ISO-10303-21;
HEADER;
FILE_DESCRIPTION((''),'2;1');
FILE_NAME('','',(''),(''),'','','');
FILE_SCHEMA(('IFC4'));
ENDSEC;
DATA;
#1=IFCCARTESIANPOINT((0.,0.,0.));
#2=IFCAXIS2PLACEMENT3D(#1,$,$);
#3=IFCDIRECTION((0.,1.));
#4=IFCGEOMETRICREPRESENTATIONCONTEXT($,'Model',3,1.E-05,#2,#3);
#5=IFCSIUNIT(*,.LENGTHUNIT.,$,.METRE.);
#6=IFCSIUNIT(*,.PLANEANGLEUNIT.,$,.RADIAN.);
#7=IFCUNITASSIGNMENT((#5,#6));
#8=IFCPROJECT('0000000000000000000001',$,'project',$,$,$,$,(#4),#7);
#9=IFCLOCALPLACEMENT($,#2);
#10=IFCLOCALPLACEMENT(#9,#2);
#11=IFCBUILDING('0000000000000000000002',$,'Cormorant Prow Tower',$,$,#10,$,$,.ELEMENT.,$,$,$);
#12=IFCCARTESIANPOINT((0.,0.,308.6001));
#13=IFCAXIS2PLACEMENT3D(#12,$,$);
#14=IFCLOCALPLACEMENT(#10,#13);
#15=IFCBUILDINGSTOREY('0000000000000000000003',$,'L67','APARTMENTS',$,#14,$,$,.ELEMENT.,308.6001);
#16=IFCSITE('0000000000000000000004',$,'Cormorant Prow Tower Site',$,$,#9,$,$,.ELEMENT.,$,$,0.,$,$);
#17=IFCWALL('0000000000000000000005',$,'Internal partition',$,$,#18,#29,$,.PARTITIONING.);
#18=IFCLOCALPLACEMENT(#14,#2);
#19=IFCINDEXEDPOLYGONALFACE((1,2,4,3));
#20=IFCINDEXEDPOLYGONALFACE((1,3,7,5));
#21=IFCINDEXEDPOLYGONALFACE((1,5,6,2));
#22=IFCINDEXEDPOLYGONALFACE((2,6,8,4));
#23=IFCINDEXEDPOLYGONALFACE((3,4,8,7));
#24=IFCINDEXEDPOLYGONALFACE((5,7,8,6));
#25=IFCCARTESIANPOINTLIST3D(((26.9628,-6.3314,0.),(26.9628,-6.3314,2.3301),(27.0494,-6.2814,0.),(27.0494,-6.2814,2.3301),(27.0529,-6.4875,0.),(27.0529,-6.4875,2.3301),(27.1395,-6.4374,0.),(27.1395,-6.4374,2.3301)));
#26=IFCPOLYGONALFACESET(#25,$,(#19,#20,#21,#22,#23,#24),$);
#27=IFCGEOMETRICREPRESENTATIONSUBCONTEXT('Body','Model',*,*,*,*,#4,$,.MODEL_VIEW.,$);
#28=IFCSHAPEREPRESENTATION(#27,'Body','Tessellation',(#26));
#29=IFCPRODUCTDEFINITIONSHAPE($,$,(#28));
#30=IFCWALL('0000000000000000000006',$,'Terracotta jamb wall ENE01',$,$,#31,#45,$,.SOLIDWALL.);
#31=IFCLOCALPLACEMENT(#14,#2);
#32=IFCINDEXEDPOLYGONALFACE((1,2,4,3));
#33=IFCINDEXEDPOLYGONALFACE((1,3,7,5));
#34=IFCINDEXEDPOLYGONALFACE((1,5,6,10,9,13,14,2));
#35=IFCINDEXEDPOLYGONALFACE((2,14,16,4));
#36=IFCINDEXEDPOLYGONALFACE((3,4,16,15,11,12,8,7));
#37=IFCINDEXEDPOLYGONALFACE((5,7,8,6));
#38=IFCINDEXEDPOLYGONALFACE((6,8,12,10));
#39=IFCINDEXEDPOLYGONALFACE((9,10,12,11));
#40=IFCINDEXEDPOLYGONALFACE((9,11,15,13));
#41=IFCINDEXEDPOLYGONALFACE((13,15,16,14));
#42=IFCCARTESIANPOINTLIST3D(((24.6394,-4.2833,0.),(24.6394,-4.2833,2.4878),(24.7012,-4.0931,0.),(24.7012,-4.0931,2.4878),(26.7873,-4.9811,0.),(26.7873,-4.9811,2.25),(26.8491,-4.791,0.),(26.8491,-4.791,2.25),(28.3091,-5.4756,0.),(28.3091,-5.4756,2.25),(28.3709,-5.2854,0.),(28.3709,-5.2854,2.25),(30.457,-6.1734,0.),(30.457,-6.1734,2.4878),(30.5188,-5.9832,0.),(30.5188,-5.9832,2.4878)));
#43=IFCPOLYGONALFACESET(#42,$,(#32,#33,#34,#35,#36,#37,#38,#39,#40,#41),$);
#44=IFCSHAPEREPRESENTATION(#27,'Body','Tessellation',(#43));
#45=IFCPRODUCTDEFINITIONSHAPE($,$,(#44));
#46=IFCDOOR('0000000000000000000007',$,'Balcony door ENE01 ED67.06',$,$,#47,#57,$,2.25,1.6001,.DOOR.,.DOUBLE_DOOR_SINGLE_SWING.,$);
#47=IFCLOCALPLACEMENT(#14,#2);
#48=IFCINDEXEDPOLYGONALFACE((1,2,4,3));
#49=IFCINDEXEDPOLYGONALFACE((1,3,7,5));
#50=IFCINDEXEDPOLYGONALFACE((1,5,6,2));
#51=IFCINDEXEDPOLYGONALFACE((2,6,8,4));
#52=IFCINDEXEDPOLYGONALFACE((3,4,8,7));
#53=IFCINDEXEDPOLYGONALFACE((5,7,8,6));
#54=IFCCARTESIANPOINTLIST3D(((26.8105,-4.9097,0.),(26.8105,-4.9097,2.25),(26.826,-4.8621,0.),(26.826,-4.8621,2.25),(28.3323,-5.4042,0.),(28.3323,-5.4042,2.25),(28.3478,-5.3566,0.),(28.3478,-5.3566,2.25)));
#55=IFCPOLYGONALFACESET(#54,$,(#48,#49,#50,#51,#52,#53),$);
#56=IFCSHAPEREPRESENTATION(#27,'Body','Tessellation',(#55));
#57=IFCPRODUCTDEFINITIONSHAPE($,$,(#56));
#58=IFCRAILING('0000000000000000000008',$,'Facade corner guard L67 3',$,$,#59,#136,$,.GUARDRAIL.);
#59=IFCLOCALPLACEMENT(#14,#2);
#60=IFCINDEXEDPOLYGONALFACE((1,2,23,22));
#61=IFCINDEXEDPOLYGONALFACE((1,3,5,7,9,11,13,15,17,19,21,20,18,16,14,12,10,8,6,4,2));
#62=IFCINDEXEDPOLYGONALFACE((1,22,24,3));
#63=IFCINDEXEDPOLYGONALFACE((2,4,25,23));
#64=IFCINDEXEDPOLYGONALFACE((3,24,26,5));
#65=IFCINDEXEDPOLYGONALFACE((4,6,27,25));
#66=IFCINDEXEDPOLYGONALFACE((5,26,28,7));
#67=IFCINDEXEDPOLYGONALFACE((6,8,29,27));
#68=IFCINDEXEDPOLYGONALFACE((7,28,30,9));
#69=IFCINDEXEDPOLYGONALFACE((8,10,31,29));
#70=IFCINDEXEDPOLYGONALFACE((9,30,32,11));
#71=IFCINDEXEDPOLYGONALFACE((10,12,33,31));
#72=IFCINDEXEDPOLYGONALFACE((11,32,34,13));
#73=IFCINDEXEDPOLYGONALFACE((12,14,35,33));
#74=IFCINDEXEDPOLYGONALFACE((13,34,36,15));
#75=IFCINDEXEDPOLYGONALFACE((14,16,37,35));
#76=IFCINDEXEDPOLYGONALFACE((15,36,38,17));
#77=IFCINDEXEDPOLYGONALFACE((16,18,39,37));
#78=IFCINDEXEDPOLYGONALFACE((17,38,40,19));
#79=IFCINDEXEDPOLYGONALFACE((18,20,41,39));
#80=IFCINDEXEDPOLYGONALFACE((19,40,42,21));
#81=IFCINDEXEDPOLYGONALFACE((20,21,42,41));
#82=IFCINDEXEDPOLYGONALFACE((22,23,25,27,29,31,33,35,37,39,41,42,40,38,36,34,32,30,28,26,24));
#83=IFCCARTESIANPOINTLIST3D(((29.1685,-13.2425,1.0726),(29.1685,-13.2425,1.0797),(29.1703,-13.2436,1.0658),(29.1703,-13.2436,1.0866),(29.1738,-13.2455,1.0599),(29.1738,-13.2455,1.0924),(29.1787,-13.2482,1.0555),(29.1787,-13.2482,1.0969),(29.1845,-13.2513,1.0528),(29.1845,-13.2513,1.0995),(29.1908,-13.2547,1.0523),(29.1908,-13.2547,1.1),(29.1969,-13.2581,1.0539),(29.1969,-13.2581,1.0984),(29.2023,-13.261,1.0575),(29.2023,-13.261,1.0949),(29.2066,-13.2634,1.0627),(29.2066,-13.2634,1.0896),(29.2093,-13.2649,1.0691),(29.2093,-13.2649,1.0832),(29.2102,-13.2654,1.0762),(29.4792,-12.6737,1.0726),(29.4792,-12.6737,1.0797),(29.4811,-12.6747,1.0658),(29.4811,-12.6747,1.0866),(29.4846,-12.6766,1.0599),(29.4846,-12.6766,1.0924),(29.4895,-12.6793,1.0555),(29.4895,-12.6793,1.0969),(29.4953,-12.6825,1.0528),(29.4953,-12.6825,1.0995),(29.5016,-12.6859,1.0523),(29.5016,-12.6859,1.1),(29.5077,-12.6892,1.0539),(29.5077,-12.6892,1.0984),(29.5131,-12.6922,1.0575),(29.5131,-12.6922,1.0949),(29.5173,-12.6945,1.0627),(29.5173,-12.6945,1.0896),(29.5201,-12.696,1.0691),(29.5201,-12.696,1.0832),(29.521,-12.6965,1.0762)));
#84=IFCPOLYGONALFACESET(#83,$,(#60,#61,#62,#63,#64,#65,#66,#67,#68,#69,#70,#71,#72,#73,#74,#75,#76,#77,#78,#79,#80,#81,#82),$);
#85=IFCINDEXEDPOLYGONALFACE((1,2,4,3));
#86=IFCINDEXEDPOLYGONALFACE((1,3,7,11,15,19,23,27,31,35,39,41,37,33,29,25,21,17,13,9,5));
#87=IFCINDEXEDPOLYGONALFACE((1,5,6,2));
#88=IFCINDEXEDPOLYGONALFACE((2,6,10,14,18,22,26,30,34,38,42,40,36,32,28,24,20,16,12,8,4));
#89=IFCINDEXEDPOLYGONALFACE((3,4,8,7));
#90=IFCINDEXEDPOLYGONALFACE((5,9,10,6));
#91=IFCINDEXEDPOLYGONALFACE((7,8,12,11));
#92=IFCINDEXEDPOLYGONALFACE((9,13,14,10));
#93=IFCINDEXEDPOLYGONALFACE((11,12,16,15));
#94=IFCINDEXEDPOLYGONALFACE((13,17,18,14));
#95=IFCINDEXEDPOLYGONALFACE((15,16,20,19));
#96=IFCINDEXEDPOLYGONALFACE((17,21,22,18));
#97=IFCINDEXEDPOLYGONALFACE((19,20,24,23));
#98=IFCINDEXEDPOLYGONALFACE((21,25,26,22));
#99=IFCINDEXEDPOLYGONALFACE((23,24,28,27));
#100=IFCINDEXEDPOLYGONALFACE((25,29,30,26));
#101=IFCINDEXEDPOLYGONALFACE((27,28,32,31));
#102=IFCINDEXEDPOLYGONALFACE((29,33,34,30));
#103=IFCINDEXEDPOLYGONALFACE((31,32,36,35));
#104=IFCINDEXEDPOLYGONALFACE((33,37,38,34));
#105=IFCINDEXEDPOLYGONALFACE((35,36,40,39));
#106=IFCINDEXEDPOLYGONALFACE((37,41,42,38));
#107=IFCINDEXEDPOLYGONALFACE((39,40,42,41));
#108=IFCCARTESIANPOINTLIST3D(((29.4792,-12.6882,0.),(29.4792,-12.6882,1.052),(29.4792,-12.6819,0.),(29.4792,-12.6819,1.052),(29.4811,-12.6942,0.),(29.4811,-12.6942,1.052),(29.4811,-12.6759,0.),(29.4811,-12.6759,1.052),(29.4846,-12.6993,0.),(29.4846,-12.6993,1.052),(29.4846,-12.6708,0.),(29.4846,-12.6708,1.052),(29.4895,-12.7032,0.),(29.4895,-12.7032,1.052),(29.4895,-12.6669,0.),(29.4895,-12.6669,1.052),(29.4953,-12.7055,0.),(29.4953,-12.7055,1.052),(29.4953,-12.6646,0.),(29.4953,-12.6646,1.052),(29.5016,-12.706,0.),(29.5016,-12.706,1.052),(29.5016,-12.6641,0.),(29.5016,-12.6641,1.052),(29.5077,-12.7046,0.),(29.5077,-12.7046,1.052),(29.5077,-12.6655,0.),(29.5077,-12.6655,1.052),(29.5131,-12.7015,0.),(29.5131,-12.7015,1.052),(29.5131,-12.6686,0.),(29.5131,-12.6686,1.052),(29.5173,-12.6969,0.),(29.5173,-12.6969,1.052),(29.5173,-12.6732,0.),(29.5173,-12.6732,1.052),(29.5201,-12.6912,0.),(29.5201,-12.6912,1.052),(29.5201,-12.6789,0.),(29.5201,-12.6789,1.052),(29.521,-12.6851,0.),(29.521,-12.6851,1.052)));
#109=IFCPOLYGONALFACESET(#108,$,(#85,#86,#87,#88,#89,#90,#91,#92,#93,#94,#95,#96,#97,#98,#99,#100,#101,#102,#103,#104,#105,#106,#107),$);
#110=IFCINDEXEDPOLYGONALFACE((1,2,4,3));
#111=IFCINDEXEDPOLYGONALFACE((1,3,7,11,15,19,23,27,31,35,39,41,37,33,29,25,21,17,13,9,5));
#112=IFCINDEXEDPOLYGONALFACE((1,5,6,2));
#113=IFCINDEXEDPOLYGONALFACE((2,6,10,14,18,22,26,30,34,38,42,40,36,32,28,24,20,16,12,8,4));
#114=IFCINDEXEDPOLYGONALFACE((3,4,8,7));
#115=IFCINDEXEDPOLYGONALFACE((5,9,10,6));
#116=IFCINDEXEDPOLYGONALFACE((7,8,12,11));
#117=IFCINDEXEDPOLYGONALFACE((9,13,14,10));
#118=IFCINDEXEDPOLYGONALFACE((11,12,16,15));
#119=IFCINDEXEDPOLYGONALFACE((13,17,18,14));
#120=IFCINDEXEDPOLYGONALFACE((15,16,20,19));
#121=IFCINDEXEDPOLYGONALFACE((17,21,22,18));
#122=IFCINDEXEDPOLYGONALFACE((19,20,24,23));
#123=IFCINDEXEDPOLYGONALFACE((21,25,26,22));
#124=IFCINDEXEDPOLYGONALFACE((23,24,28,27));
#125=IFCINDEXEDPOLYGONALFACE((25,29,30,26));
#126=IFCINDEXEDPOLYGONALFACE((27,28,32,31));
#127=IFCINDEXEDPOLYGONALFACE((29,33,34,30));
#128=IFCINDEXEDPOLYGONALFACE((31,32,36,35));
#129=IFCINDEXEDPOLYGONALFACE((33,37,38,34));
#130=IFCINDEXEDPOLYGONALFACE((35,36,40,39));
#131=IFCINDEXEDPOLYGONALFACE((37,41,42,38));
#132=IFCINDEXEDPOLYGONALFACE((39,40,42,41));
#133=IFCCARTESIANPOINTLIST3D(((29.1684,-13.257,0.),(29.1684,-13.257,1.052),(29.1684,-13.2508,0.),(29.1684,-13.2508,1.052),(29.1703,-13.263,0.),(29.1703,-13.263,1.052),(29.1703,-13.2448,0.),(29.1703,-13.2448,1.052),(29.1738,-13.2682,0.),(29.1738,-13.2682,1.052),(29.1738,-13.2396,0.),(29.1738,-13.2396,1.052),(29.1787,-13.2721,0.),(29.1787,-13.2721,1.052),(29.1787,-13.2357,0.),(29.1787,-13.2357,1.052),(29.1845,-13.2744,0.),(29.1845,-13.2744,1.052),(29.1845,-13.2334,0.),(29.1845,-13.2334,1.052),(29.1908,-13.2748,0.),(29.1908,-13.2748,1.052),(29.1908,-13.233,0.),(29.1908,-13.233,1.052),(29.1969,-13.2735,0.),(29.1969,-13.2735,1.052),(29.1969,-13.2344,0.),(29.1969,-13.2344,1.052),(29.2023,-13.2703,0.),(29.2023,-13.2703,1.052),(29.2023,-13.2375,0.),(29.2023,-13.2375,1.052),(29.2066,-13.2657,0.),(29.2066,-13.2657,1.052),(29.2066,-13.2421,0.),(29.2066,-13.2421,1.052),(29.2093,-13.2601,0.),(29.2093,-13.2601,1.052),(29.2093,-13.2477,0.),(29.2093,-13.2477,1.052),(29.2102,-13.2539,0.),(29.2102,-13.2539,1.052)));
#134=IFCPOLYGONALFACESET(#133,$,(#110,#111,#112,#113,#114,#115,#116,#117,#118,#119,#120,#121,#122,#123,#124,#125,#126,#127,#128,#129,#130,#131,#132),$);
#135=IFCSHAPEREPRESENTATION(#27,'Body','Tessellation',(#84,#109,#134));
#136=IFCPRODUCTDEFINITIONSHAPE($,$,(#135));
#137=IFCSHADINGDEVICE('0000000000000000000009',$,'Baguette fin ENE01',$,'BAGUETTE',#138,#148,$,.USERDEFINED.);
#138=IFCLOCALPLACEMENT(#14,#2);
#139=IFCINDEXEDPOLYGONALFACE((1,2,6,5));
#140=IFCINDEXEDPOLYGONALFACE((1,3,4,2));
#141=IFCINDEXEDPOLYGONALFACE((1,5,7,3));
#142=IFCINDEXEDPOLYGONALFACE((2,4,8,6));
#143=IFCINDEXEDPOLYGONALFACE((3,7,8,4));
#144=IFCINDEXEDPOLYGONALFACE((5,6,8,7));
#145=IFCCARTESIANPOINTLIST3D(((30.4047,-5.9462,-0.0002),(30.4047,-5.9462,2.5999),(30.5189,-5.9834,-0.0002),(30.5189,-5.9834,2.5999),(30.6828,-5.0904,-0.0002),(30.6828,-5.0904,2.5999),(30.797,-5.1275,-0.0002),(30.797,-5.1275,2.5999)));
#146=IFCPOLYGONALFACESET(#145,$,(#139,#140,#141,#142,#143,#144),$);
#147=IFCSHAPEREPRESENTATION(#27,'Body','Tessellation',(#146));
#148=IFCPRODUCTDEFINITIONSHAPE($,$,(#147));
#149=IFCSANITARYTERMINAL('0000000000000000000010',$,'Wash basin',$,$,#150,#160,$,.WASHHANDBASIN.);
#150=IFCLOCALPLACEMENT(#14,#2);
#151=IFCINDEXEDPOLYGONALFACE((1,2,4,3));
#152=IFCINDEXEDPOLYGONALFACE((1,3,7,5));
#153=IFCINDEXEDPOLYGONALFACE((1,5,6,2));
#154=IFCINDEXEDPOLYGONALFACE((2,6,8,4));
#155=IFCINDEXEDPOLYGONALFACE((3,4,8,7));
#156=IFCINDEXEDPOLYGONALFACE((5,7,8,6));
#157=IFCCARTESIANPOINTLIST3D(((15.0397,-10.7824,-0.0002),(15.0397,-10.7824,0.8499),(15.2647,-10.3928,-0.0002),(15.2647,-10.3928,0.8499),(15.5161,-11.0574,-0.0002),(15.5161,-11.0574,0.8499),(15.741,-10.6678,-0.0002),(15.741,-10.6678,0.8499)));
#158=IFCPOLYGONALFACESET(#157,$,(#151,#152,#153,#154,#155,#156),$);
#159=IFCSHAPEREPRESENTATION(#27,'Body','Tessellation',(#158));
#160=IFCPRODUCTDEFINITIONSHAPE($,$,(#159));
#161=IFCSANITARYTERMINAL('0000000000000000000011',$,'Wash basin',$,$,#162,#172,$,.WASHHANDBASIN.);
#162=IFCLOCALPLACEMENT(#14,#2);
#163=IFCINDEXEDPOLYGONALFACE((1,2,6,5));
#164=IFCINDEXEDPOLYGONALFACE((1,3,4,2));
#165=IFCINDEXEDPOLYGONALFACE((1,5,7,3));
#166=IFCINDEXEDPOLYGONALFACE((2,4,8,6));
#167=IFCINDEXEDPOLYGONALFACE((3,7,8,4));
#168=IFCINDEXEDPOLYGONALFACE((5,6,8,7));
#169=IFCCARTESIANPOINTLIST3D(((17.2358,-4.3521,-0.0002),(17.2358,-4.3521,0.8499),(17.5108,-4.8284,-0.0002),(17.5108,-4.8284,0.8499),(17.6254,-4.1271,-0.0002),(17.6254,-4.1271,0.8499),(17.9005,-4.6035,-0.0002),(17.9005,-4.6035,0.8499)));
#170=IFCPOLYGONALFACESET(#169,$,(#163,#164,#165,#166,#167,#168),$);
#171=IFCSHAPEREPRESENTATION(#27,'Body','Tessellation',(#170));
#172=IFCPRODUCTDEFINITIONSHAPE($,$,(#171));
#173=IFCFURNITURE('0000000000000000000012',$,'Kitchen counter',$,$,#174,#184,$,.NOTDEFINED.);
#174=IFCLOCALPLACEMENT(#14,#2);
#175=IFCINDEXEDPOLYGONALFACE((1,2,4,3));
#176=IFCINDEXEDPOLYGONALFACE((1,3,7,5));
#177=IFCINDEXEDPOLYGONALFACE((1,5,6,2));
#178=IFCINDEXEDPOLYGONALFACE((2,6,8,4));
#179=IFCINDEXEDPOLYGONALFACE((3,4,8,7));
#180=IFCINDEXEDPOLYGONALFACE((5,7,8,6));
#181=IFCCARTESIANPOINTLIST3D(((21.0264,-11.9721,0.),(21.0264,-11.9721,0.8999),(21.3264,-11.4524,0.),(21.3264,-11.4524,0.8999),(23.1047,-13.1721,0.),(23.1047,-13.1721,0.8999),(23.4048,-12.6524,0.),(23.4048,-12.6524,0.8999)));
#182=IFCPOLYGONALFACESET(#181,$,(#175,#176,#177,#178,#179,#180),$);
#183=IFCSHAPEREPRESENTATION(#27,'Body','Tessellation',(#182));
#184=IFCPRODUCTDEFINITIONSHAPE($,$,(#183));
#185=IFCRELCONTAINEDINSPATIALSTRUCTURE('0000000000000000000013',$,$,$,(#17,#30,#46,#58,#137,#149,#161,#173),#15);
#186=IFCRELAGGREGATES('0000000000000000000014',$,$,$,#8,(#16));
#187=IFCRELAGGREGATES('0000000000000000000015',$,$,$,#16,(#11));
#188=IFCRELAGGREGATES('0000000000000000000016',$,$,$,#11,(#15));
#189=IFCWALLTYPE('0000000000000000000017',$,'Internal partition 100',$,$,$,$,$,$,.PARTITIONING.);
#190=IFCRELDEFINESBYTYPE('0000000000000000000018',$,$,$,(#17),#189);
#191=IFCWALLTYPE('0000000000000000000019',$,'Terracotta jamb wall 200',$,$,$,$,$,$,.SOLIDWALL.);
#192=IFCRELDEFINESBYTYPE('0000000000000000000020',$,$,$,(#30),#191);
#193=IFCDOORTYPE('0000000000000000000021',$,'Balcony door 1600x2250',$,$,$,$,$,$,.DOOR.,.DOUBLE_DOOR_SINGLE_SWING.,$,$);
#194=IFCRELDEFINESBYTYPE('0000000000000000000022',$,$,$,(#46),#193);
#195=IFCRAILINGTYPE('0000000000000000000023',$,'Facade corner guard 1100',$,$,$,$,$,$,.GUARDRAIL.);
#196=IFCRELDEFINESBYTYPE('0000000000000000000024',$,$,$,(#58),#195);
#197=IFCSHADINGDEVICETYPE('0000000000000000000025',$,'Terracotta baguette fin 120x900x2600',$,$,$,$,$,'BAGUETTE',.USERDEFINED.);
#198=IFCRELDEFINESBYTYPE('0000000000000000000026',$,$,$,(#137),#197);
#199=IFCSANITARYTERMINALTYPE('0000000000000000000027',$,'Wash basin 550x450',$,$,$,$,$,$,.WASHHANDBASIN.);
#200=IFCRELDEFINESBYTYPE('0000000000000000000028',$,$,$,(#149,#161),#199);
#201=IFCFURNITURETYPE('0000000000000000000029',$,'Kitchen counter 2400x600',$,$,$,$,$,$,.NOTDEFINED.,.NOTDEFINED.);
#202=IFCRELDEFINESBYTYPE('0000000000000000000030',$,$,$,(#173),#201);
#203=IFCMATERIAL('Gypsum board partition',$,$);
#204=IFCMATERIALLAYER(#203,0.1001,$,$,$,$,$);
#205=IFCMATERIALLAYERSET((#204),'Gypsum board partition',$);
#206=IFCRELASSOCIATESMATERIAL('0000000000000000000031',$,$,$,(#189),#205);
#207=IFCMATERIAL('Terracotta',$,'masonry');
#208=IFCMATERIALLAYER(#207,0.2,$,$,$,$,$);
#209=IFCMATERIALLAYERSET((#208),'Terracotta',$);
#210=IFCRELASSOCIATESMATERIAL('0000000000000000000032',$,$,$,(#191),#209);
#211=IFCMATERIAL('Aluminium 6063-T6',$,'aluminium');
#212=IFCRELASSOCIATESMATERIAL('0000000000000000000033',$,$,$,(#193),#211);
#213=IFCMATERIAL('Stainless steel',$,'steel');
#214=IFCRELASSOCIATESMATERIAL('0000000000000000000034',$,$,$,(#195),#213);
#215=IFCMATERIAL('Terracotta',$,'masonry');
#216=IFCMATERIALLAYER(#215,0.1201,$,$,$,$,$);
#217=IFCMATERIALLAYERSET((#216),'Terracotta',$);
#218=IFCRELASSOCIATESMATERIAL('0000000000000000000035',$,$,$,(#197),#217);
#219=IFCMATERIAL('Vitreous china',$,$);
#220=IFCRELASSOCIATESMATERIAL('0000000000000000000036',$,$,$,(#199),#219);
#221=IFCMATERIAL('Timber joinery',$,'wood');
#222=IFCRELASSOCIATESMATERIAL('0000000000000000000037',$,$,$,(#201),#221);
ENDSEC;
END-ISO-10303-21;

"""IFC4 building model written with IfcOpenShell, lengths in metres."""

from ifc_helpers import new_model, si_unit, direction, frame, frame_2d, origin, origin_2d, place, context, subcontext, project, spatial, rectangle, circle, extrude, material, layer, layer_set, type_object, element, fill, save


model = new_model("IFC4")

# Units and contexts
model_context = context("Model", 3, precision=1e-05, world=origin(), true_north=direction((0.0, 1.0)))
body_context = subcontext(model_context, "Body", "Model", "MODEL_VIEW")
ifc_project = project(units=[si_unit("LENGTHUNIT", "METRE"), si_unit("PLANEANGLEUNIT", "RADIAN")], contexts=[model_context])

# Site, building, storey
site_placement = place(None, origin())
site = spatial("IfcSite", under=ifc_project, at=site_placement, Name="Cormorant Prow Tower Site", CompositionType="ELEMENT", RefElevation=0.0)
building_placement = place(site_placement, origin())
building = spatial("IfcBuilding", under=site, at=building_placement, Name="Cormorant Prow Tower", CompositionType="ELEMENT")
storey_placement = place(building_placement, frame((0.0, 0.0, 308.6001)))
storey = spatial("IfcBuildingStorey", under=building, at=storey_placement, Name="L67", Description="APARTMENTS", CompositionType="ELEMENT", Elevation=308.6001)

# Shared definitions
ifc_material_1 = material(Name="Gypsum board partition")
ifc_layer_1 = layer(ifc_material_1, 0.1001)
ifc_layer_set_1 = layer_set([ifc_layer_1], Name="Gypsum board partition")
wall_type_1 = type_object("IfcWallType", Name="Internal partition 100", PredefinedType="PARTITIONING", material=ifc_layer_set_1)

# Wall
wall_1_placement = place(storey_placement, frame((27.0061, -6.3064, 0.0), z_axis=(0.0, 0.0, 1.0), x_axis=(0.500074, -0.865982, 0.0)))
element("IfcWall", 1, at=wall_1_placement, inside=storey, type_object=wall_type_1, Name="Internal partition", PredefinedType="PARTITIONING", context=body_context, shape_type="SweptSolid", body=[
    extrude(rectangle(XDim=0.1802, YDim=0.1001, at=frame_2d((0.0901, 0.0))), origin(), (0.0, 0.0, 1.0), 2.3301),
])

# Wall, opening, door
ifc_material_2 = material(Name="Terracotta", Category="masonry")
ifc_layer_2 = layer(ifc_material_2, 0.2)
ifc_layer_set_2 = layer_set([ifc_layer_2], Name="Terracotta")
wall_type_2 = type_object("IfcWallType", Name="Terracotta jamb wall 200", PredefinedType="SOLIDWALL", material=ifc_layer_set_2)
wall_2_placement = place(storey_placement, frame((30.488, -6.0784, 0.0), z_axis=(0.0, 0.0, 1.0), x_axis=(-0.951063, 0.308999, 0.0)))
wall_2 = element("IfcWall", 2, at=wall_2_placement, inside=storey, type_object=wall_type_2, Name="Terracotta jamb wall ENE01", PredefinedType="SOLIDWALL", context=body_context, shape_type="SweptSolid", body=[
    extrude(rectangle(XDim=6.1169, YDim=0.2, at=frame_2d((3.0586, 0.0))), origin(), (0.0, 0.0, 1.0), 2.4878),
])
opening_1_placement = place(wall_2_placement, frame((2.2585, 0.0, 0.0)))
opening_1 = element("IfcOpeningElement", 3, at=opening_1_placement, cuts=wall_2, PredefinedType="OPENING", context=body_context, shape_type="SweptSolid", body=[
    extrude(rectangle(XDim=1.6001, YDim=2.25, at=frame_2d((0.8, 1.125))), frame((0.0, 0.1099, 0.0), z_axis=(0.0, -1.0, 0.0), x_axis=(1.0, 0.0, 0.0)), (0.0, 0.0, 1.0), 0.22),
])
ifc_material_3 = material(Name="Aluminium 6063-T6", Category="aluminium")
door_type_1 = type_object("IfcDoorType", Name="Balcony door 1600x2250", OperationType="DOUBLE_DOOR_SINGLE_SWING", PredefinedType="DOOR", material=ifc_material_3)
door_1_placement = place(opening_1_placement, origin())
door_1 = element("IfcDoor", 4, at=door_1_placement, inside=storey, type_object=door_type_1, Name="Balcony door ENE01 ED67.06", OperationType="DOUBLE_DOOR_SINGLE_SWING", OverallHeight=2.25, OverallWidth=1.6001, PredefinedType="DOOR", context=body_context, shape_type="SweptSolid", body=[
    extrude(rectangle(XDim=1.6001, YDim=2.25, at=frame_2d((0.8, 1.125))), frame((0.0, 0.0249, 0.0), z_axis=(0.0, -1.0, 0.0), x_axis=(1.0, 0.0, 0.0)), (0.0, 0.0, 1.0), 0.05),
])
fill(opening_1, door_1)

# Railing
ifc_material_4 = material(Name="Stainless steel", Category="steel")
railing_type_1 = type_object("IfcRailingType", Name="Facade corner guard 1100", PredefinedType="GUARDRAIL", material=ifc_material_4)
railing_1_placement = place(storey_placement, frame((29.5, -12.6851, 0.0)))
element("IfcRailing", 5, at=railing_1_placement, inside=storey, type_object=railing_type_1, Name="Facade corner guard L67 3", PredefinedType="GUARDRAIL", context=body_context, shape_type="SweptSolid", body=[
    extrude(circle(Radius=0.0239, at=origin_2d()), frame((0.0, 0.0, 1.0762), z_axis=(-0.479459, -0.877564, 0.0), x_axis=(0.877564, -0.479459, 0.0)), (0.0, 0.0, 1.0), 0.6482),
    extrude(circle(Radius=0.021, at=origin_2d()), origin(), (0.0, 0.0, 1.0), 1.052),
    extrude(circle(Radius=0.021, at=origin_2d()), frame((-0.3108, -0.5688, 0.0)), (0.0, 0.0, 1.0), 1.052),
])

# Shading device
ifc_material_5 = material(Name="Terracotta", Category="masonry")
ifc_layer_3 = layer(ifc_material_5, 0.1201)
ifc_layer_set_3 = layer_set([ifc_layer_3], Name="Terracotta")
shading_device_type = type_object("IfcShadingDeviceType", Name="Terracotta baguette fin 120x900x2600", ElementType="BAGUETTE", PredefinedType="USERDEFINED", material=ifc_layer_set_3)
shading_device_placement = place(storey_placement, frame((30.6008, -5.5369, -0.0002), z_axis=(0.0, 0.0, 1.0), x_axis=(-0.951057, 0.309017, 0.0)))
element("IfcShadingDevice", 6, at=shading_device_placement, inside=storey, type_object=shading_device_type, Name="Baguette fin ENE01", ObjectType="BAGUETTE", PredefinedType="USERDEFINED", context=body_context, shape_type="SweptSolid", body=[
    extrude(rectangle(XDim=0.1201, YDim=0.8999, at=origin_2d()), origin(), (0.0, 0.0, 1.0), 2.6001),
])

# Sanitary terminals
ifc_material_6 = material(Name="Vitreous china")
sanitary_terminal_type = type_object("IfcSanitaryTerminalType", Name="Wash basin 550x450", PredefinedType="WASHHANDBASIN", material=ifc_material_6)
for number, where, z_axis, x_axis, name in (
    (7, (15.3904, -10.7251, -0.0002), (0.0, 0.0, 1.0), (-0.866025, 0.5, 0.0), "Wash basin"),
    (8, (17.5681, -4.4778, -0.0002), (0.0, 0.0, 1.0), (-0.5, 0.866025, 0.0), "Wash basin"),
):
    element("IfcSanitaryTerminal", number, at=place(storey_placement, frame(where, z_axis=z_axis, x_axis=x_axis)), inside=storey, type_object=sanitary_terminal_type, Name=name, PredefinedType="WASHHANDBASIN", context=body_context, shape_type="SweptSolid", body=[
        extrude(rectangle(XDim=0.55, YDim=0.45, at=origin_2d()), origin(), (0.0, 0.0, 1.0), 0.8501),
    ])

# Furniture
ifc_material_7 = material(Name="Timber joinery", Category="wood")
furniture_type = type_object("IfcFurnitureType", Name="Kitchen counter 2400x600", AssemblyPlace="NOTDEFINED", PredefinedType="NOTDEFINED", material=ifc_material_7)
furniture_placement = place(storey_placement, frame((22.2156, -12.3123, 0.0), z_axis=(0.0, 0.0, 1.0), x_axis=(-0.866025, 0.5, 0.0)))
element("IfcFurniture", 9, at=furniture_placement, inside=storey, type_object=furniture_type, Name="Kitchen counter", PredefinedType="NOTDEFINED", context=body_context, shape_type="SweptSolid", body=[
    extrude(rectangle(XDim=2.3999, YDim=0.6001, at=origin_2d()), origin(), (0.0, 0.0, 1.0), 0.8999),
])

save(model, "model.ifc")
